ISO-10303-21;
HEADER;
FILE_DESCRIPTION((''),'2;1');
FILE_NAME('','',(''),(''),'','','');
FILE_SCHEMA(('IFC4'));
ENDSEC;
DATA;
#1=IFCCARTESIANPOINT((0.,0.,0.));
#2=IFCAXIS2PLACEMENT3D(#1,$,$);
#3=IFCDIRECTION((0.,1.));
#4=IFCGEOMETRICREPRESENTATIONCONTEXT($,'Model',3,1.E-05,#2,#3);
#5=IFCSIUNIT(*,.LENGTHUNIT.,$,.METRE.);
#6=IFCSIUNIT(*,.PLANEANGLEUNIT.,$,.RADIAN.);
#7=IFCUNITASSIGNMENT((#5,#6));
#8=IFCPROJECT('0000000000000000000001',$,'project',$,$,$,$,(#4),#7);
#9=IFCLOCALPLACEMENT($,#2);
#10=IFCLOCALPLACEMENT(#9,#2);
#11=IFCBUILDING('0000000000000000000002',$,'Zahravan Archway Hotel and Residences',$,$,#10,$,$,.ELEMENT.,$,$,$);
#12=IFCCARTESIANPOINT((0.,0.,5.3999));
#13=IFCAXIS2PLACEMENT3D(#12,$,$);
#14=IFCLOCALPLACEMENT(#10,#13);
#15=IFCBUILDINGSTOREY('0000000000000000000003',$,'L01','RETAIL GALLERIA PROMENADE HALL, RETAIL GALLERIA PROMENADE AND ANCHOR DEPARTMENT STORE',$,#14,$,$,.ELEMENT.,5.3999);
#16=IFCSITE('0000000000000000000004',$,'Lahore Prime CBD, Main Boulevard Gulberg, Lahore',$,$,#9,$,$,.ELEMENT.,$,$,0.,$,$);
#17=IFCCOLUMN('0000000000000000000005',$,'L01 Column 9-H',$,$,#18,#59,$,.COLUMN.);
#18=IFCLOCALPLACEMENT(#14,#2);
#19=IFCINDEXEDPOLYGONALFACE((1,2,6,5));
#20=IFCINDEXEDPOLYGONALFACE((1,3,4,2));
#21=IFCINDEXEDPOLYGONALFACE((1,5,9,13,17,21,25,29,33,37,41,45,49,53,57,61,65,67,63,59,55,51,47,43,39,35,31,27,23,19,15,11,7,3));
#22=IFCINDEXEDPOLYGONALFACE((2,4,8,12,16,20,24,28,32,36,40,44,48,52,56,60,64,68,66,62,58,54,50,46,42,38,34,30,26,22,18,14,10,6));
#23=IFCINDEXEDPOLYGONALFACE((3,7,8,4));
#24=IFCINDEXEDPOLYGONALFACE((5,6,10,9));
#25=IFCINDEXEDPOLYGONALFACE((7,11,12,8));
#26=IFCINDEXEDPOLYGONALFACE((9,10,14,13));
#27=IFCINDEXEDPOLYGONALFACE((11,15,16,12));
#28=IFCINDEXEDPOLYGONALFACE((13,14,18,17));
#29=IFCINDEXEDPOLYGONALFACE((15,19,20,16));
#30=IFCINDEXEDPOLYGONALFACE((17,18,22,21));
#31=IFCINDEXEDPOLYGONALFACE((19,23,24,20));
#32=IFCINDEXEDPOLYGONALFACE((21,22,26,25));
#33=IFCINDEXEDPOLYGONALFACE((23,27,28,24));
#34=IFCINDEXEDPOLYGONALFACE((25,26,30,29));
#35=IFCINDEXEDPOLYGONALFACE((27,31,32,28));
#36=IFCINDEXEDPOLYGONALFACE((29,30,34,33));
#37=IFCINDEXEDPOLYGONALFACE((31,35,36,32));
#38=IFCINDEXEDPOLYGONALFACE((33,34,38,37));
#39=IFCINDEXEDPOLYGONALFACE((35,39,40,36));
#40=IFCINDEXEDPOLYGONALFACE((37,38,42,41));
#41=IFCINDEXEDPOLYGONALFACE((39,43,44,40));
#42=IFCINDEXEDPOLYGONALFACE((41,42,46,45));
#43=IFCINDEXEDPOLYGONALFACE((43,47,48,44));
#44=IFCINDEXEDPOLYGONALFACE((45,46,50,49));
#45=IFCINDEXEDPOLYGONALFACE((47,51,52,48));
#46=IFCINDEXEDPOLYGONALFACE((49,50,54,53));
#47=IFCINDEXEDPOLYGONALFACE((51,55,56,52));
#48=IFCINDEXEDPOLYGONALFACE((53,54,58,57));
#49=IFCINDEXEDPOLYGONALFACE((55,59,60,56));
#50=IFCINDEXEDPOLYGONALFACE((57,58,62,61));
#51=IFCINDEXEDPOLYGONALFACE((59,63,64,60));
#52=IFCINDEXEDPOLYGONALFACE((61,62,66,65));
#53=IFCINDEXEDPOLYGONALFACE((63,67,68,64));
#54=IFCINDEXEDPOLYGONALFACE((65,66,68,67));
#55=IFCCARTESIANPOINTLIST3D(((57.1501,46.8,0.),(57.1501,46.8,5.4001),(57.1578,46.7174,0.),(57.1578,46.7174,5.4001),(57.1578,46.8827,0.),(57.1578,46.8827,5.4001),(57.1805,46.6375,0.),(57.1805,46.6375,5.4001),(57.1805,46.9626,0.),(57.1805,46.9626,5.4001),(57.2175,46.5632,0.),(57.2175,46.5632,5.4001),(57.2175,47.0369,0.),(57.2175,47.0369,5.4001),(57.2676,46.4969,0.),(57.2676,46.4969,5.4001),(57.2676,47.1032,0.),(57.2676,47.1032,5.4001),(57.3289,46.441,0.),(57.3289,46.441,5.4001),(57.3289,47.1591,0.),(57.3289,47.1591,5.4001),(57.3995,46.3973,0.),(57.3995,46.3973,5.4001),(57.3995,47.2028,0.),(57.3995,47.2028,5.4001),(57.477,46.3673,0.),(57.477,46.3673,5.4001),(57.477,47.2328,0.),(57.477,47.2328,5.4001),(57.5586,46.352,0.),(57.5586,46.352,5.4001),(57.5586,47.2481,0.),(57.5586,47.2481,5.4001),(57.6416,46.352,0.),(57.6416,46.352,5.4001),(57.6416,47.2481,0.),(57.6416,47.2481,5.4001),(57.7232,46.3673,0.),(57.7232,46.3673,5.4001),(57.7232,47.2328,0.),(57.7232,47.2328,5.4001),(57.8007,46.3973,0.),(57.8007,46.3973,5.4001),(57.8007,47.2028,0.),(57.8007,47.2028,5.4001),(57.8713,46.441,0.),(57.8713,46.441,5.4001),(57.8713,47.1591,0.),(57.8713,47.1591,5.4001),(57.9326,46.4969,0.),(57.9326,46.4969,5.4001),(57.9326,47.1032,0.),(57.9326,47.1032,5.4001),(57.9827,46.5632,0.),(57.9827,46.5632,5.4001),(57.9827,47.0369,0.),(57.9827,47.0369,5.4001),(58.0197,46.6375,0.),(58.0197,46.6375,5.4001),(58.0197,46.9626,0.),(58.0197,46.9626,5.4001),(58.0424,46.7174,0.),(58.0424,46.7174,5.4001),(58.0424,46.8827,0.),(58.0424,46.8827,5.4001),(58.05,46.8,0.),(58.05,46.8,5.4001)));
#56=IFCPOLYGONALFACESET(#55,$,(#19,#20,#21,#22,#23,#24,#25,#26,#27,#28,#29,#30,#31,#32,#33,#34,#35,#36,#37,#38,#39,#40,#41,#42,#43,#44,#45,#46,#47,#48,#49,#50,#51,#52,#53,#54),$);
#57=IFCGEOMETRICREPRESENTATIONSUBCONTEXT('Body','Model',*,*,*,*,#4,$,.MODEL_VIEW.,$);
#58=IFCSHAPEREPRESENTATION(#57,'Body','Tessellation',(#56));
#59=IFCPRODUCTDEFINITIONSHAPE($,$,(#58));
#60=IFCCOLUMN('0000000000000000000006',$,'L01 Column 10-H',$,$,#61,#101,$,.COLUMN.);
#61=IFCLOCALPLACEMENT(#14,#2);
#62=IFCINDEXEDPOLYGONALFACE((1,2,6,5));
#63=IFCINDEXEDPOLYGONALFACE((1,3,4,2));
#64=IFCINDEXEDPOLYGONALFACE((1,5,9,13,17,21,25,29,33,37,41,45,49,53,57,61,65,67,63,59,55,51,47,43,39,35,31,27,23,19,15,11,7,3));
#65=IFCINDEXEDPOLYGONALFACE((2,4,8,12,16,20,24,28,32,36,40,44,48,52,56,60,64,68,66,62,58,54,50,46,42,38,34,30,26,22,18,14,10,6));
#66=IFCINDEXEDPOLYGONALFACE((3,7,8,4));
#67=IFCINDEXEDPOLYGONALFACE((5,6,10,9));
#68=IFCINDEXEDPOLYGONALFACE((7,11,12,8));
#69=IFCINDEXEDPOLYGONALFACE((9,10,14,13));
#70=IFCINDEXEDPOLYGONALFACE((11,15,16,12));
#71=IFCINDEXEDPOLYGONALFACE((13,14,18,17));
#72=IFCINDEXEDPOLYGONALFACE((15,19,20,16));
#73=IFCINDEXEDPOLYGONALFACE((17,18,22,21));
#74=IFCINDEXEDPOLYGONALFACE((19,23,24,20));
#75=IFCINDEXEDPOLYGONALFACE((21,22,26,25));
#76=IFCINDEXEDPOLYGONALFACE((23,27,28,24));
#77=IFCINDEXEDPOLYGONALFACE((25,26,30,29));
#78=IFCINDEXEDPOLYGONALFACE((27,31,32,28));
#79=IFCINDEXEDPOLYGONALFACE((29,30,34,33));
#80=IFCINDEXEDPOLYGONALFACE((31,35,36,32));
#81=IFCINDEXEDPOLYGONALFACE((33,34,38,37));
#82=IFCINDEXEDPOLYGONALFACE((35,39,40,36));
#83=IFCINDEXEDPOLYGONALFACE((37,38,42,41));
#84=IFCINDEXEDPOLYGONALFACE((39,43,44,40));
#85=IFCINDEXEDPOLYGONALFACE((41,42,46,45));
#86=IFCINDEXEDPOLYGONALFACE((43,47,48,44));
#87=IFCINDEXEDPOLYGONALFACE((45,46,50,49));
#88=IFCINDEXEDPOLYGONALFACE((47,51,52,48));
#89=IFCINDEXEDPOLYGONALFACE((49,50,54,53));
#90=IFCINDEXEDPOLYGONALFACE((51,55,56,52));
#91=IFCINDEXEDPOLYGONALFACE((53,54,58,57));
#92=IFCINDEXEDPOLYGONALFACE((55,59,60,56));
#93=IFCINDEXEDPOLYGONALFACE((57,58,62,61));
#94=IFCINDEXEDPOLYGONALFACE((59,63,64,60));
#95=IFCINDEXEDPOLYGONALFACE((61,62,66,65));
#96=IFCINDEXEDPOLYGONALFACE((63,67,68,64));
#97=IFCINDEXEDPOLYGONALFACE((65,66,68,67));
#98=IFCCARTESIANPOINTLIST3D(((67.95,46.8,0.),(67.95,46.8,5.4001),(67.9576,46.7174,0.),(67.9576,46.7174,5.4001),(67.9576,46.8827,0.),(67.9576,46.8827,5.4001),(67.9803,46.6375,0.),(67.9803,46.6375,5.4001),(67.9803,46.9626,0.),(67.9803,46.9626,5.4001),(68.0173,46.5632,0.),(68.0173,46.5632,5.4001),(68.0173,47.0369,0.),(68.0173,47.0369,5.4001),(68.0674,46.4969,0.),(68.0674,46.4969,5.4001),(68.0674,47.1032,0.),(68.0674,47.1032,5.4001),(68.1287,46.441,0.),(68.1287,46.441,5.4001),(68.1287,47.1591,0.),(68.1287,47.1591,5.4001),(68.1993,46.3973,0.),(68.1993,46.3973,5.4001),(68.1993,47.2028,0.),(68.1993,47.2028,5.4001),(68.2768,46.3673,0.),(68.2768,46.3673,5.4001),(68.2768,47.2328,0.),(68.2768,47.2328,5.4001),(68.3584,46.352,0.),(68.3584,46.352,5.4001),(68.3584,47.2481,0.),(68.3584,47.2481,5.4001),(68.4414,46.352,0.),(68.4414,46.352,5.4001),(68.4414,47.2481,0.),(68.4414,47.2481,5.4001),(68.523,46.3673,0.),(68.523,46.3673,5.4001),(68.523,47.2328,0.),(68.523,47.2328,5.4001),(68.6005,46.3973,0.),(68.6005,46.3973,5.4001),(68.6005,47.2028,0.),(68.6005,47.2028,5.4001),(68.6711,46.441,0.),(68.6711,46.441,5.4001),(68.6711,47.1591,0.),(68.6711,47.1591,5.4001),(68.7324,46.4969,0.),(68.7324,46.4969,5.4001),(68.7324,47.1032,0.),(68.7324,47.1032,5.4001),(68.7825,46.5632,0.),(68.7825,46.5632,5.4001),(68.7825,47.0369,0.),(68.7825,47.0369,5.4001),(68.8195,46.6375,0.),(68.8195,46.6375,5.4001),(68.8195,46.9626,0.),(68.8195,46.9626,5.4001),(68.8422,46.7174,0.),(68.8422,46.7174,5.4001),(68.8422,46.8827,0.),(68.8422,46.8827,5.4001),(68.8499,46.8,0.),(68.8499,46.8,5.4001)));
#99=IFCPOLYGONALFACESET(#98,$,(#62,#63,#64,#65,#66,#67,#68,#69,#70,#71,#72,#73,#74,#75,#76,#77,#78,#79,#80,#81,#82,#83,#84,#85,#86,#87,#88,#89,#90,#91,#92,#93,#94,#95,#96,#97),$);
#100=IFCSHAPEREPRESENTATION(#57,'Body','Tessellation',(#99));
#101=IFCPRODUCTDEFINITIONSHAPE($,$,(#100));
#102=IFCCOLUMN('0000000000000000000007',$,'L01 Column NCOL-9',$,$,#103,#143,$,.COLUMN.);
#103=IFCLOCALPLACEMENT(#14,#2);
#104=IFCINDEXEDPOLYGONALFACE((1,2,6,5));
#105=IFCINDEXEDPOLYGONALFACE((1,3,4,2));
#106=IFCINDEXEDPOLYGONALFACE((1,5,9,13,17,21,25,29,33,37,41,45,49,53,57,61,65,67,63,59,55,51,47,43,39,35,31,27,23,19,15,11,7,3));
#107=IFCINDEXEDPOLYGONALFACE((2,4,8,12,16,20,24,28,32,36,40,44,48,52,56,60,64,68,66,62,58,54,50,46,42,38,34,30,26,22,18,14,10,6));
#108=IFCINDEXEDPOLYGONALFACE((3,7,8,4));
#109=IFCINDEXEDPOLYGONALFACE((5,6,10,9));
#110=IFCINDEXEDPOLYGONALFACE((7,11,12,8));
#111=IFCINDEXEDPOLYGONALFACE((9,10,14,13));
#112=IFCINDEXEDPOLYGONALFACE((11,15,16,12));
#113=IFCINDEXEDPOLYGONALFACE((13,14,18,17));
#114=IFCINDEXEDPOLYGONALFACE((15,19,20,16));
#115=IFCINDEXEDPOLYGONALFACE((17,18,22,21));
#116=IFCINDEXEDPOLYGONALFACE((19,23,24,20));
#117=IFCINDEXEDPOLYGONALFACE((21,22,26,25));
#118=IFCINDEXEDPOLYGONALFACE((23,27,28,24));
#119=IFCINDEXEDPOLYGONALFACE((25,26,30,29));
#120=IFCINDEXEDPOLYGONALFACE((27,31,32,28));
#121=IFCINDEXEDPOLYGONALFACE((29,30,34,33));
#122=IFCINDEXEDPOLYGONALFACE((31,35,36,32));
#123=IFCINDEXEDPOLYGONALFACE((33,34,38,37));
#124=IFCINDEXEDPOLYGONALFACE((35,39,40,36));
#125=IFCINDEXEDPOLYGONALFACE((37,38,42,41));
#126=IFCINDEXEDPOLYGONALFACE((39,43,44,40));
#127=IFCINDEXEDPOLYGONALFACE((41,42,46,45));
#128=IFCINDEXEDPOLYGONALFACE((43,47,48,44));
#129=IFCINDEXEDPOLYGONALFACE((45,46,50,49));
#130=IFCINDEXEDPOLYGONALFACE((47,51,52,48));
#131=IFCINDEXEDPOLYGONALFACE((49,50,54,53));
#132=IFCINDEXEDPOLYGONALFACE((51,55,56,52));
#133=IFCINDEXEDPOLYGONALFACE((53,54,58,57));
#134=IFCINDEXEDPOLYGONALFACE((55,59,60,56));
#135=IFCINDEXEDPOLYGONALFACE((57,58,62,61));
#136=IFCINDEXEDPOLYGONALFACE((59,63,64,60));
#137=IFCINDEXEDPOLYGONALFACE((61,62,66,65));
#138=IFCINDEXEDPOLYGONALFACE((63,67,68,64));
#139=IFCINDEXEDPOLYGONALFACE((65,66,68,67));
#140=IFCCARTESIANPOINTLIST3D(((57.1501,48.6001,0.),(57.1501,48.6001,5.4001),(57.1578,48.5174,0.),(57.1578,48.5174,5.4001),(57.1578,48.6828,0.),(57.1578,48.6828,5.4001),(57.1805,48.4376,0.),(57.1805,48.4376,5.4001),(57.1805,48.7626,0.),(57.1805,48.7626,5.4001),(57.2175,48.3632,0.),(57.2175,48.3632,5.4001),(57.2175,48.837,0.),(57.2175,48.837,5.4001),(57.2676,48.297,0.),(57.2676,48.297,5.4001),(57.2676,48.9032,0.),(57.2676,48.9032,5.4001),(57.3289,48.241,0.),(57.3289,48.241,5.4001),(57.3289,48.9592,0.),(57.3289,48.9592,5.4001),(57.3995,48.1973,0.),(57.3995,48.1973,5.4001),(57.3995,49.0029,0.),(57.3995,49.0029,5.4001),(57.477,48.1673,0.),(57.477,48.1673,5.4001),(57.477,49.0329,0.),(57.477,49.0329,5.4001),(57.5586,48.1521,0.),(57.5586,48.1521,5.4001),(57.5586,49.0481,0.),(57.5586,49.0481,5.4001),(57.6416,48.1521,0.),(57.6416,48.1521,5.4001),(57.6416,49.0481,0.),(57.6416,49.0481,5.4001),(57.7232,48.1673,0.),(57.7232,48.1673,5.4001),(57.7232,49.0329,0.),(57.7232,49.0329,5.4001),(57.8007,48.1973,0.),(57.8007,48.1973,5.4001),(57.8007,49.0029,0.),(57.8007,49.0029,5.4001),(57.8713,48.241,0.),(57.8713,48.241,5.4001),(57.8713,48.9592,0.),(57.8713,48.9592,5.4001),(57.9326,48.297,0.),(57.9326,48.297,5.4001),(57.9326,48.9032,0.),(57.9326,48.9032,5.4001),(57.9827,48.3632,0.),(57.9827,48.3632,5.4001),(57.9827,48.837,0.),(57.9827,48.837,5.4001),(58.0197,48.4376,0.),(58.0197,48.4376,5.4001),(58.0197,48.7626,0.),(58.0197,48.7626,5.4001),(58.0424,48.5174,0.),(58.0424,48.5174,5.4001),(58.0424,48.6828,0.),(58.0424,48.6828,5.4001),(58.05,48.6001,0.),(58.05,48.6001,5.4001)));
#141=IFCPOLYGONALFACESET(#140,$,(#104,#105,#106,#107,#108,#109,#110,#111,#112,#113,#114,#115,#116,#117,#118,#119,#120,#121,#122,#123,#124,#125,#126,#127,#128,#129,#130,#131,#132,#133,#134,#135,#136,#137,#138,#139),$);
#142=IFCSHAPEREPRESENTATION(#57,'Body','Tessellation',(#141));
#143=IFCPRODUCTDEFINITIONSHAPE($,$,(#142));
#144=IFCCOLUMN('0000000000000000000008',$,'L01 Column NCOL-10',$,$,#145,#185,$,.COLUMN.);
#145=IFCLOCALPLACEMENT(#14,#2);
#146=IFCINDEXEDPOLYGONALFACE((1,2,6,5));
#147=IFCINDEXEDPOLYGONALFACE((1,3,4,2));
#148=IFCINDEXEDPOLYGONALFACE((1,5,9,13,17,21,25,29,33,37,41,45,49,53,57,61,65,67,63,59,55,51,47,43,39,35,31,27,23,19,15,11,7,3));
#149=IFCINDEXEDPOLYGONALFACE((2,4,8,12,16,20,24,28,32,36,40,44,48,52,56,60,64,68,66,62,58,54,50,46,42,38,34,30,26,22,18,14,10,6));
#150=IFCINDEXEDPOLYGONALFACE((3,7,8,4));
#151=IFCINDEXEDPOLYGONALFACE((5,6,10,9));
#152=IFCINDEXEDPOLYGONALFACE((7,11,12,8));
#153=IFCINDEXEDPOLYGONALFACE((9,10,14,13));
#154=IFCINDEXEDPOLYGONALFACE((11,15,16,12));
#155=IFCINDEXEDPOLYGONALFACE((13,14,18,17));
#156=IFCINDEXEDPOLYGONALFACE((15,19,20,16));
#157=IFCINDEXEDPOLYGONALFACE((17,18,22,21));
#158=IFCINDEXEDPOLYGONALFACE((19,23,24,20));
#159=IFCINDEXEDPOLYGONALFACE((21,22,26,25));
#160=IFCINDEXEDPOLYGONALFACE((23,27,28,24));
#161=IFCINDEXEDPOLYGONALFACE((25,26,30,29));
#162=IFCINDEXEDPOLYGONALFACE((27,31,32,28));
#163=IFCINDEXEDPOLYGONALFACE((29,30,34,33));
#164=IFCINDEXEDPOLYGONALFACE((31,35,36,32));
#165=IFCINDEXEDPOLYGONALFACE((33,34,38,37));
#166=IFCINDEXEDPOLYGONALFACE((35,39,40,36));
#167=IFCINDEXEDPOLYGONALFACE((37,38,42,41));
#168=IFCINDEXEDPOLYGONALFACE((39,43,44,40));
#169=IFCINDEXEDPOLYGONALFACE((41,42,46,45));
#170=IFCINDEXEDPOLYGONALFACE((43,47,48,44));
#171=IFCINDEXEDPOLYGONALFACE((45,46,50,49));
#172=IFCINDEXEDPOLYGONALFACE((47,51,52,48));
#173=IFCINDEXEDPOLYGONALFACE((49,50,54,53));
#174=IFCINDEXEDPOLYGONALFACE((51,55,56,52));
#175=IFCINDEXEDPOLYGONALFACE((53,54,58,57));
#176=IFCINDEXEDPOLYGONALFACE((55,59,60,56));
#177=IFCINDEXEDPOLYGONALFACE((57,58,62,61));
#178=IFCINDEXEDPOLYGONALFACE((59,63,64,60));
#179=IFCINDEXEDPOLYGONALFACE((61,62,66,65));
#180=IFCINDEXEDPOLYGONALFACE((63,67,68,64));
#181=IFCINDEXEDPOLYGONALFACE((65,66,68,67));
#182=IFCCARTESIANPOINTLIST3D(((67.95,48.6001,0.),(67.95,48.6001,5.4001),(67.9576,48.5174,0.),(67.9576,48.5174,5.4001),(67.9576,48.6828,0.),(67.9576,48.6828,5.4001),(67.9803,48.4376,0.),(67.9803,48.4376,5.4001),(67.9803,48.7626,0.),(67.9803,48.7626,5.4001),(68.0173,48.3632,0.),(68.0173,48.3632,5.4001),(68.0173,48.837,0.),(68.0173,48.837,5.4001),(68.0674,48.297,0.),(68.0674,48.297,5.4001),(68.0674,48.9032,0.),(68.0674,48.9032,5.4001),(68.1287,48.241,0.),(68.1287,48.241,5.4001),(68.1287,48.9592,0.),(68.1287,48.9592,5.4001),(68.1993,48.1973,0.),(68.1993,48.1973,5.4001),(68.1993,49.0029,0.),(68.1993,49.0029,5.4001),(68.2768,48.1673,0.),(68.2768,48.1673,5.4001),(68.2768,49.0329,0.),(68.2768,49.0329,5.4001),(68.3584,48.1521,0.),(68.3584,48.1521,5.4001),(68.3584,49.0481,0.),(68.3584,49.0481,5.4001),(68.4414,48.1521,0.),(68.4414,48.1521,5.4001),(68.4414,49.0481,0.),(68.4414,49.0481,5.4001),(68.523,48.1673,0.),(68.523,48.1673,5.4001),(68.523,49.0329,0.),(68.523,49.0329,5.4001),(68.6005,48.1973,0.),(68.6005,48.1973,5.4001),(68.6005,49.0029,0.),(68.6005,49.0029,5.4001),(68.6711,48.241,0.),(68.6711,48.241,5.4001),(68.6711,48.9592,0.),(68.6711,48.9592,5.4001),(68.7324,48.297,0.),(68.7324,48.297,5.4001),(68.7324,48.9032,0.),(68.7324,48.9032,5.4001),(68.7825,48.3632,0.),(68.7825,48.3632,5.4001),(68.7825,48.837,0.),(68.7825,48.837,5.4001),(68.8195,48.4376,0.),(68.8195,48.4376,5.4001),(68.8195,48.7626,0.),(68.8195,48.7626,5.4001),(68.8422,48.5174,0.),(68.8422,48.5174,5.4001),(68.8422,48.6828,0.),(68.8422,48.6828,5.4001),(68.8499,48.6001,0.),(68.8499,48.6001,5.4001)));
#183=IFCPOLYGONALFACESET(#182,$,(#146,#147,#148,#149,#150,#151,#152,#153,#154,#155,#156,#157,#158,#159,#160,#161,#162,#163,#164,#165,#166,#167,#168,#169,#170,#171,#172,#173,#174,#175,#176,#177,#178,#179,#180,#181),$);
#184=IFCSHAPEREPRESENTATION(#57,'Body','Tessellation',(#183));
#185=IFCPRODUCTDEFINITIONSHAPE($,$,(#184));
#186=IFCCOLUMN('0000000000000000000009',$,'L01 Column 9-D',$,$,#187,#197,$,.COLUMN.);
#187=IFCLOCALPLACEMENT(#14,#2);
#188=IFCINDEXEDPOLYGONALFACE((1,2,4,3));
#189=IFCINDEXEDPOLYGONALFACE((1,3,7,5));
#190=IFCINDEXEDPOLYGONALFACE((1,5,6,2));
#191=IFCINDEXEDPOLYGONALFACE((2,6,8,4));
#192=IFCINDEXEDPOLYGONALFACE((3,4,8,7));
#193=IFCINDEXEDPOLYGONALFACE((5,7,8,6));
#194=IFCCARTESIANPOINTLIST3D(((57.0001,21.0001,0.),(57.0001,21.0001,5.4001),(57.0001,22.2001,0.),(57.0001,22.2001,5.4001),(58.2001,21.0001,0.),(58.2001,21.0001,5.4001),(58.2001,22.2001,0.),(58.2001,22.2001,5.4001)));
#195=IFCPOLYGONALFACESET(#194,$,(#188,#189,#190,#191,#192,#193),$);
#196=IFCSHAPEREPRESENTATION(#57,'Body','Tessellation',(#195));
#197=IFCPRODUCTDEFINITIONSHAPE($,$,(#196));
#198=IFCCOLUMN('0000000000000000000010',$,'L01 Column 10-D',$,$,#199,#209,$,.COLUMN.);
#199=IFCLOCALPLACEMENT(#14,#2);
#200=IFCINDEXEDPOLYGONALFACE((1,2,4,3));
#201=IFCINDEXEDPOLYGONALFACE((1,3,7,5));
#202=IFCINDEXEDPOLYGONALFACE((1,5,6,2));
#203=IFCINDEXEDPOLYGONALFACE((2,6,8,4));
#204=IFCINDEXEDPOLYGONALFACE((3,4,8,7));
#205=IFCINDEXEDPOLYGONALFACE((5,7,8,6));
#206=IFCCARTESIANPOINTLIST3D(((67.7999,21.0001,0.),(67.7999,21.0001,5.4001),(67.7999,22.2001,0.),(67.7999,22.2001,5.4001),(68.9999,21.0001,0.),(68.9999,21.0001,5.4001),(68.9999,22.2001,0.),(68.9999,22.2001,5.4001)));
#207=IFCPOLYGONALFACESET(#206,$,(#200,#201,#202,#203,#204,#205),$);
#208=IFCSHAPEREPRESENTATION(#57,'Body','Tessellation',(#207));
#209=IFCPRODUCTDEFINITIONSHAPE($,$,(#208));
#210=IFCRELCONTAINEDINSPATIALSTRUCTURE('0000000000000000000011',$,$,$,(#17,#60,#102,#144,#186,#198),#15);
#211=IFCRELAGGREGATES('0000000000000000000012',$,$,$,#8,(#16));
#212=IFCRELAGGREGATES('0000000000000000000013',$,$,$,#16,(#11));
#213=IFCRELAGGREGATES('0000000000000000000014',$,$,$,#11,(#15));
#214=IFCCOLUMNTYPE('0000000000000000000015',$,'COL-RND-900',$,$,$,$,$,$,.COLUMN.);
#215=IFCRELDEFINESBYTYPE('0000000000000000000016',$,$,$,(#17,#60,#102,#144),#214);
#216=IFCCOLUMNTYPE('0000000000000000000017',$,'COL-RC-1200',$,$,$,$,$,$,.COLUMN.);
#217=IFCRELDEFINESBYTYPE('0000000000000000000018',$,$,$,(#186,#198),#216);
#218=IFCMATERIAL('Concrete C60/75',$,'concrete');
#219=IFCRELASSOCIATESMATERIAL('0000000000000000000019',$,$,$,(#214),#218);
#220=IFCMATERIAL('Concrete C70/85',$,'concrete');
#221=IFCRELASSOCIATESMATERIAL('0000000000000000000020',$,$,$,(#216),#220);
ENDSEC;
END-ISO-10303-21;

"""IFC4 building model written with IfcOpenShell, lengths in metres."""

from ifc_helpers import new_model, si_unit, direction, frame, origin, origin_2d, place, context, subcontext, project, spatial, rectangle, circle, extrude, source, transform, mapped, material, material_profile, profile_set, type_object, element, save


model = new_model("IFC4")

# Units and contexts
model_context = context("Model", 3, precision=1e-05, world=origin(), true_north=direction((0.0, 1.0)))
body_context = subcontext(model_context, "Body", "Model", "MODEL_VIEW")
ifc_project = project(units=[si_unit("LENGTHUNIT", "METRE"), si_unit("PLANEANGLEUNIT", "RADIAN")], contexts=[model_context])

# Site, building, storey
site_placement = place(None, origin())
site = spatial("IfcSite", under=ifc_project, at=site_placement, Name="Lahore Prime CBD, Main Boulevard Gulberg, Lahore", CompositionType="ELEMENT", RefElevation=0.0)
building_placement = place(site_placement, origin())
building = spatial("IfcBuilding", under=site, at=building_placement, Name="Zahravan Archway Hotel and Residences", CompositionType="ELEMENT")
storey_placement = place(building_placement, frame((0.0, 0.0, 5.3999)))
storey = spatial("IfcBuildingStorey", under=building, at=storey_placement, Name="L01", Description="RETAIL GALLERIA PROMENADE HALL, RETAIL GALLERIA PROMENADE AND ANCHOR DEPARTMENT STORE", CompositionType="ELEMENT", Elevation=5.3999)

# Columns
ifc_material_1 = material(Name="Concrete C60/75", Category="concrete")
ifc_material_profile_1 = material_profile(ifc_material_1, circle(Radius=0.45, at=origin_2d()), Name="RC-CIRC-900", Category="concrete")
ifc_profile_set_1 = profile_set([ifc_material_profile_1], Name="Concrete C60/75")
column_type_1 = type_object("IfcColumnType", Name="COL-RND-900", PredefinedType="COLUMN", material=ifc_profile_set_1)
shared_shape_1 = source(origin(), body_context, "Body", "SweptSolid", [
    extrude(circle(Radius=0.45, at=origin_2d()), origin(), (0.0, 0.0, 1.0), 5.4001),
])
for number, where, z_axis, x_axis, name in (
    (1, (57.6001, 46.8, 0.0), (0.0, 0.0, 1.0), (1.0, 0.0, 0.0), "L01 Column 9-H"),
    (2, (68.3999, 46.8, 0.0), (0.0, 0.0, 1.0), (1.0, 0.0, 0.0), "L01 Column 10-H"),
    (3, (57.6001, 48.6001, 0.0), (0.0, 0.0, 1.0), (1.0, 0.0, 0.0), "L01 Column NCOL-9"),
    (4, (68.3999, 48.6001, 0.0), (0.0, 0.0, 1.0), (1.0, 0.0, 0.0), "L01 Column NCOL-10"),
):
    element("IfcColumn", number, at=place(storey_placement, frame(where, z_axis=z_axis, x_axis=x_axis)), inside=storey, type_object=column_type_1, Name=name, PredefinedType="COLUMN", context=body_context, shape_type="MappedRepresentation", body=[
        mapped(shared_shape_1, transform((0.0, 0.0, 0.0), scale=1.0)),
    ])
ifc_material_2 = material(Name="Concrete C70/85", Category="concrete")
ifc_material_profile_2 = material_profile(ifc_material_2, rectangle(XDim=1.2, YDim=1.2, at=origin_2d()), Name="RC-COL-1200x1200", Category="concrete")
ifc_profile_set_2 = profile_set([ifc_material_profile_2], Name="Concrete C70/85")
column_type_2 = type_object("IfcColumnType", Name="COL-RC-1200", PredefinedType="COLUMN", material=ifc_profile_set_2)
shared_shape_2 = source(origin(), body_context, "Body", "SweptSolid", [
    extrude(rectangle(XDim=1.2, YDim=1.2, at=origin_2d()), origin(), (0.0, 0.0, 1.0), 5.4001),
])
for number, where, z_axis, x_axis, name in (
    (5, (57.6001, 21.6001, 0.0), (0.0, 0.0, 1.0), (1.0, 0.0, 0.0), "L01 Column 9-D"),
    (6, (68.3999, 21.6001, 0.0), (0.0, 0.0, 1.0), (1.0, 0.0, 0.0), "L01 Column 10-D"),
):
    element("IfcColumn", number, at=place(storey_placement, frame(where, z_axis=z_axis, x_axis=x_axis)), inside=storey, type_object=column_type_2, Name=name, PredefinedType="COLUMN", context=body_context, shape_type="MappedRepresentation", body=[
        mapped(shared_shape_2, transform((0.0, 0.0, 0.0), scale=1.0)),
    ])

save(model, "model.ifc")
